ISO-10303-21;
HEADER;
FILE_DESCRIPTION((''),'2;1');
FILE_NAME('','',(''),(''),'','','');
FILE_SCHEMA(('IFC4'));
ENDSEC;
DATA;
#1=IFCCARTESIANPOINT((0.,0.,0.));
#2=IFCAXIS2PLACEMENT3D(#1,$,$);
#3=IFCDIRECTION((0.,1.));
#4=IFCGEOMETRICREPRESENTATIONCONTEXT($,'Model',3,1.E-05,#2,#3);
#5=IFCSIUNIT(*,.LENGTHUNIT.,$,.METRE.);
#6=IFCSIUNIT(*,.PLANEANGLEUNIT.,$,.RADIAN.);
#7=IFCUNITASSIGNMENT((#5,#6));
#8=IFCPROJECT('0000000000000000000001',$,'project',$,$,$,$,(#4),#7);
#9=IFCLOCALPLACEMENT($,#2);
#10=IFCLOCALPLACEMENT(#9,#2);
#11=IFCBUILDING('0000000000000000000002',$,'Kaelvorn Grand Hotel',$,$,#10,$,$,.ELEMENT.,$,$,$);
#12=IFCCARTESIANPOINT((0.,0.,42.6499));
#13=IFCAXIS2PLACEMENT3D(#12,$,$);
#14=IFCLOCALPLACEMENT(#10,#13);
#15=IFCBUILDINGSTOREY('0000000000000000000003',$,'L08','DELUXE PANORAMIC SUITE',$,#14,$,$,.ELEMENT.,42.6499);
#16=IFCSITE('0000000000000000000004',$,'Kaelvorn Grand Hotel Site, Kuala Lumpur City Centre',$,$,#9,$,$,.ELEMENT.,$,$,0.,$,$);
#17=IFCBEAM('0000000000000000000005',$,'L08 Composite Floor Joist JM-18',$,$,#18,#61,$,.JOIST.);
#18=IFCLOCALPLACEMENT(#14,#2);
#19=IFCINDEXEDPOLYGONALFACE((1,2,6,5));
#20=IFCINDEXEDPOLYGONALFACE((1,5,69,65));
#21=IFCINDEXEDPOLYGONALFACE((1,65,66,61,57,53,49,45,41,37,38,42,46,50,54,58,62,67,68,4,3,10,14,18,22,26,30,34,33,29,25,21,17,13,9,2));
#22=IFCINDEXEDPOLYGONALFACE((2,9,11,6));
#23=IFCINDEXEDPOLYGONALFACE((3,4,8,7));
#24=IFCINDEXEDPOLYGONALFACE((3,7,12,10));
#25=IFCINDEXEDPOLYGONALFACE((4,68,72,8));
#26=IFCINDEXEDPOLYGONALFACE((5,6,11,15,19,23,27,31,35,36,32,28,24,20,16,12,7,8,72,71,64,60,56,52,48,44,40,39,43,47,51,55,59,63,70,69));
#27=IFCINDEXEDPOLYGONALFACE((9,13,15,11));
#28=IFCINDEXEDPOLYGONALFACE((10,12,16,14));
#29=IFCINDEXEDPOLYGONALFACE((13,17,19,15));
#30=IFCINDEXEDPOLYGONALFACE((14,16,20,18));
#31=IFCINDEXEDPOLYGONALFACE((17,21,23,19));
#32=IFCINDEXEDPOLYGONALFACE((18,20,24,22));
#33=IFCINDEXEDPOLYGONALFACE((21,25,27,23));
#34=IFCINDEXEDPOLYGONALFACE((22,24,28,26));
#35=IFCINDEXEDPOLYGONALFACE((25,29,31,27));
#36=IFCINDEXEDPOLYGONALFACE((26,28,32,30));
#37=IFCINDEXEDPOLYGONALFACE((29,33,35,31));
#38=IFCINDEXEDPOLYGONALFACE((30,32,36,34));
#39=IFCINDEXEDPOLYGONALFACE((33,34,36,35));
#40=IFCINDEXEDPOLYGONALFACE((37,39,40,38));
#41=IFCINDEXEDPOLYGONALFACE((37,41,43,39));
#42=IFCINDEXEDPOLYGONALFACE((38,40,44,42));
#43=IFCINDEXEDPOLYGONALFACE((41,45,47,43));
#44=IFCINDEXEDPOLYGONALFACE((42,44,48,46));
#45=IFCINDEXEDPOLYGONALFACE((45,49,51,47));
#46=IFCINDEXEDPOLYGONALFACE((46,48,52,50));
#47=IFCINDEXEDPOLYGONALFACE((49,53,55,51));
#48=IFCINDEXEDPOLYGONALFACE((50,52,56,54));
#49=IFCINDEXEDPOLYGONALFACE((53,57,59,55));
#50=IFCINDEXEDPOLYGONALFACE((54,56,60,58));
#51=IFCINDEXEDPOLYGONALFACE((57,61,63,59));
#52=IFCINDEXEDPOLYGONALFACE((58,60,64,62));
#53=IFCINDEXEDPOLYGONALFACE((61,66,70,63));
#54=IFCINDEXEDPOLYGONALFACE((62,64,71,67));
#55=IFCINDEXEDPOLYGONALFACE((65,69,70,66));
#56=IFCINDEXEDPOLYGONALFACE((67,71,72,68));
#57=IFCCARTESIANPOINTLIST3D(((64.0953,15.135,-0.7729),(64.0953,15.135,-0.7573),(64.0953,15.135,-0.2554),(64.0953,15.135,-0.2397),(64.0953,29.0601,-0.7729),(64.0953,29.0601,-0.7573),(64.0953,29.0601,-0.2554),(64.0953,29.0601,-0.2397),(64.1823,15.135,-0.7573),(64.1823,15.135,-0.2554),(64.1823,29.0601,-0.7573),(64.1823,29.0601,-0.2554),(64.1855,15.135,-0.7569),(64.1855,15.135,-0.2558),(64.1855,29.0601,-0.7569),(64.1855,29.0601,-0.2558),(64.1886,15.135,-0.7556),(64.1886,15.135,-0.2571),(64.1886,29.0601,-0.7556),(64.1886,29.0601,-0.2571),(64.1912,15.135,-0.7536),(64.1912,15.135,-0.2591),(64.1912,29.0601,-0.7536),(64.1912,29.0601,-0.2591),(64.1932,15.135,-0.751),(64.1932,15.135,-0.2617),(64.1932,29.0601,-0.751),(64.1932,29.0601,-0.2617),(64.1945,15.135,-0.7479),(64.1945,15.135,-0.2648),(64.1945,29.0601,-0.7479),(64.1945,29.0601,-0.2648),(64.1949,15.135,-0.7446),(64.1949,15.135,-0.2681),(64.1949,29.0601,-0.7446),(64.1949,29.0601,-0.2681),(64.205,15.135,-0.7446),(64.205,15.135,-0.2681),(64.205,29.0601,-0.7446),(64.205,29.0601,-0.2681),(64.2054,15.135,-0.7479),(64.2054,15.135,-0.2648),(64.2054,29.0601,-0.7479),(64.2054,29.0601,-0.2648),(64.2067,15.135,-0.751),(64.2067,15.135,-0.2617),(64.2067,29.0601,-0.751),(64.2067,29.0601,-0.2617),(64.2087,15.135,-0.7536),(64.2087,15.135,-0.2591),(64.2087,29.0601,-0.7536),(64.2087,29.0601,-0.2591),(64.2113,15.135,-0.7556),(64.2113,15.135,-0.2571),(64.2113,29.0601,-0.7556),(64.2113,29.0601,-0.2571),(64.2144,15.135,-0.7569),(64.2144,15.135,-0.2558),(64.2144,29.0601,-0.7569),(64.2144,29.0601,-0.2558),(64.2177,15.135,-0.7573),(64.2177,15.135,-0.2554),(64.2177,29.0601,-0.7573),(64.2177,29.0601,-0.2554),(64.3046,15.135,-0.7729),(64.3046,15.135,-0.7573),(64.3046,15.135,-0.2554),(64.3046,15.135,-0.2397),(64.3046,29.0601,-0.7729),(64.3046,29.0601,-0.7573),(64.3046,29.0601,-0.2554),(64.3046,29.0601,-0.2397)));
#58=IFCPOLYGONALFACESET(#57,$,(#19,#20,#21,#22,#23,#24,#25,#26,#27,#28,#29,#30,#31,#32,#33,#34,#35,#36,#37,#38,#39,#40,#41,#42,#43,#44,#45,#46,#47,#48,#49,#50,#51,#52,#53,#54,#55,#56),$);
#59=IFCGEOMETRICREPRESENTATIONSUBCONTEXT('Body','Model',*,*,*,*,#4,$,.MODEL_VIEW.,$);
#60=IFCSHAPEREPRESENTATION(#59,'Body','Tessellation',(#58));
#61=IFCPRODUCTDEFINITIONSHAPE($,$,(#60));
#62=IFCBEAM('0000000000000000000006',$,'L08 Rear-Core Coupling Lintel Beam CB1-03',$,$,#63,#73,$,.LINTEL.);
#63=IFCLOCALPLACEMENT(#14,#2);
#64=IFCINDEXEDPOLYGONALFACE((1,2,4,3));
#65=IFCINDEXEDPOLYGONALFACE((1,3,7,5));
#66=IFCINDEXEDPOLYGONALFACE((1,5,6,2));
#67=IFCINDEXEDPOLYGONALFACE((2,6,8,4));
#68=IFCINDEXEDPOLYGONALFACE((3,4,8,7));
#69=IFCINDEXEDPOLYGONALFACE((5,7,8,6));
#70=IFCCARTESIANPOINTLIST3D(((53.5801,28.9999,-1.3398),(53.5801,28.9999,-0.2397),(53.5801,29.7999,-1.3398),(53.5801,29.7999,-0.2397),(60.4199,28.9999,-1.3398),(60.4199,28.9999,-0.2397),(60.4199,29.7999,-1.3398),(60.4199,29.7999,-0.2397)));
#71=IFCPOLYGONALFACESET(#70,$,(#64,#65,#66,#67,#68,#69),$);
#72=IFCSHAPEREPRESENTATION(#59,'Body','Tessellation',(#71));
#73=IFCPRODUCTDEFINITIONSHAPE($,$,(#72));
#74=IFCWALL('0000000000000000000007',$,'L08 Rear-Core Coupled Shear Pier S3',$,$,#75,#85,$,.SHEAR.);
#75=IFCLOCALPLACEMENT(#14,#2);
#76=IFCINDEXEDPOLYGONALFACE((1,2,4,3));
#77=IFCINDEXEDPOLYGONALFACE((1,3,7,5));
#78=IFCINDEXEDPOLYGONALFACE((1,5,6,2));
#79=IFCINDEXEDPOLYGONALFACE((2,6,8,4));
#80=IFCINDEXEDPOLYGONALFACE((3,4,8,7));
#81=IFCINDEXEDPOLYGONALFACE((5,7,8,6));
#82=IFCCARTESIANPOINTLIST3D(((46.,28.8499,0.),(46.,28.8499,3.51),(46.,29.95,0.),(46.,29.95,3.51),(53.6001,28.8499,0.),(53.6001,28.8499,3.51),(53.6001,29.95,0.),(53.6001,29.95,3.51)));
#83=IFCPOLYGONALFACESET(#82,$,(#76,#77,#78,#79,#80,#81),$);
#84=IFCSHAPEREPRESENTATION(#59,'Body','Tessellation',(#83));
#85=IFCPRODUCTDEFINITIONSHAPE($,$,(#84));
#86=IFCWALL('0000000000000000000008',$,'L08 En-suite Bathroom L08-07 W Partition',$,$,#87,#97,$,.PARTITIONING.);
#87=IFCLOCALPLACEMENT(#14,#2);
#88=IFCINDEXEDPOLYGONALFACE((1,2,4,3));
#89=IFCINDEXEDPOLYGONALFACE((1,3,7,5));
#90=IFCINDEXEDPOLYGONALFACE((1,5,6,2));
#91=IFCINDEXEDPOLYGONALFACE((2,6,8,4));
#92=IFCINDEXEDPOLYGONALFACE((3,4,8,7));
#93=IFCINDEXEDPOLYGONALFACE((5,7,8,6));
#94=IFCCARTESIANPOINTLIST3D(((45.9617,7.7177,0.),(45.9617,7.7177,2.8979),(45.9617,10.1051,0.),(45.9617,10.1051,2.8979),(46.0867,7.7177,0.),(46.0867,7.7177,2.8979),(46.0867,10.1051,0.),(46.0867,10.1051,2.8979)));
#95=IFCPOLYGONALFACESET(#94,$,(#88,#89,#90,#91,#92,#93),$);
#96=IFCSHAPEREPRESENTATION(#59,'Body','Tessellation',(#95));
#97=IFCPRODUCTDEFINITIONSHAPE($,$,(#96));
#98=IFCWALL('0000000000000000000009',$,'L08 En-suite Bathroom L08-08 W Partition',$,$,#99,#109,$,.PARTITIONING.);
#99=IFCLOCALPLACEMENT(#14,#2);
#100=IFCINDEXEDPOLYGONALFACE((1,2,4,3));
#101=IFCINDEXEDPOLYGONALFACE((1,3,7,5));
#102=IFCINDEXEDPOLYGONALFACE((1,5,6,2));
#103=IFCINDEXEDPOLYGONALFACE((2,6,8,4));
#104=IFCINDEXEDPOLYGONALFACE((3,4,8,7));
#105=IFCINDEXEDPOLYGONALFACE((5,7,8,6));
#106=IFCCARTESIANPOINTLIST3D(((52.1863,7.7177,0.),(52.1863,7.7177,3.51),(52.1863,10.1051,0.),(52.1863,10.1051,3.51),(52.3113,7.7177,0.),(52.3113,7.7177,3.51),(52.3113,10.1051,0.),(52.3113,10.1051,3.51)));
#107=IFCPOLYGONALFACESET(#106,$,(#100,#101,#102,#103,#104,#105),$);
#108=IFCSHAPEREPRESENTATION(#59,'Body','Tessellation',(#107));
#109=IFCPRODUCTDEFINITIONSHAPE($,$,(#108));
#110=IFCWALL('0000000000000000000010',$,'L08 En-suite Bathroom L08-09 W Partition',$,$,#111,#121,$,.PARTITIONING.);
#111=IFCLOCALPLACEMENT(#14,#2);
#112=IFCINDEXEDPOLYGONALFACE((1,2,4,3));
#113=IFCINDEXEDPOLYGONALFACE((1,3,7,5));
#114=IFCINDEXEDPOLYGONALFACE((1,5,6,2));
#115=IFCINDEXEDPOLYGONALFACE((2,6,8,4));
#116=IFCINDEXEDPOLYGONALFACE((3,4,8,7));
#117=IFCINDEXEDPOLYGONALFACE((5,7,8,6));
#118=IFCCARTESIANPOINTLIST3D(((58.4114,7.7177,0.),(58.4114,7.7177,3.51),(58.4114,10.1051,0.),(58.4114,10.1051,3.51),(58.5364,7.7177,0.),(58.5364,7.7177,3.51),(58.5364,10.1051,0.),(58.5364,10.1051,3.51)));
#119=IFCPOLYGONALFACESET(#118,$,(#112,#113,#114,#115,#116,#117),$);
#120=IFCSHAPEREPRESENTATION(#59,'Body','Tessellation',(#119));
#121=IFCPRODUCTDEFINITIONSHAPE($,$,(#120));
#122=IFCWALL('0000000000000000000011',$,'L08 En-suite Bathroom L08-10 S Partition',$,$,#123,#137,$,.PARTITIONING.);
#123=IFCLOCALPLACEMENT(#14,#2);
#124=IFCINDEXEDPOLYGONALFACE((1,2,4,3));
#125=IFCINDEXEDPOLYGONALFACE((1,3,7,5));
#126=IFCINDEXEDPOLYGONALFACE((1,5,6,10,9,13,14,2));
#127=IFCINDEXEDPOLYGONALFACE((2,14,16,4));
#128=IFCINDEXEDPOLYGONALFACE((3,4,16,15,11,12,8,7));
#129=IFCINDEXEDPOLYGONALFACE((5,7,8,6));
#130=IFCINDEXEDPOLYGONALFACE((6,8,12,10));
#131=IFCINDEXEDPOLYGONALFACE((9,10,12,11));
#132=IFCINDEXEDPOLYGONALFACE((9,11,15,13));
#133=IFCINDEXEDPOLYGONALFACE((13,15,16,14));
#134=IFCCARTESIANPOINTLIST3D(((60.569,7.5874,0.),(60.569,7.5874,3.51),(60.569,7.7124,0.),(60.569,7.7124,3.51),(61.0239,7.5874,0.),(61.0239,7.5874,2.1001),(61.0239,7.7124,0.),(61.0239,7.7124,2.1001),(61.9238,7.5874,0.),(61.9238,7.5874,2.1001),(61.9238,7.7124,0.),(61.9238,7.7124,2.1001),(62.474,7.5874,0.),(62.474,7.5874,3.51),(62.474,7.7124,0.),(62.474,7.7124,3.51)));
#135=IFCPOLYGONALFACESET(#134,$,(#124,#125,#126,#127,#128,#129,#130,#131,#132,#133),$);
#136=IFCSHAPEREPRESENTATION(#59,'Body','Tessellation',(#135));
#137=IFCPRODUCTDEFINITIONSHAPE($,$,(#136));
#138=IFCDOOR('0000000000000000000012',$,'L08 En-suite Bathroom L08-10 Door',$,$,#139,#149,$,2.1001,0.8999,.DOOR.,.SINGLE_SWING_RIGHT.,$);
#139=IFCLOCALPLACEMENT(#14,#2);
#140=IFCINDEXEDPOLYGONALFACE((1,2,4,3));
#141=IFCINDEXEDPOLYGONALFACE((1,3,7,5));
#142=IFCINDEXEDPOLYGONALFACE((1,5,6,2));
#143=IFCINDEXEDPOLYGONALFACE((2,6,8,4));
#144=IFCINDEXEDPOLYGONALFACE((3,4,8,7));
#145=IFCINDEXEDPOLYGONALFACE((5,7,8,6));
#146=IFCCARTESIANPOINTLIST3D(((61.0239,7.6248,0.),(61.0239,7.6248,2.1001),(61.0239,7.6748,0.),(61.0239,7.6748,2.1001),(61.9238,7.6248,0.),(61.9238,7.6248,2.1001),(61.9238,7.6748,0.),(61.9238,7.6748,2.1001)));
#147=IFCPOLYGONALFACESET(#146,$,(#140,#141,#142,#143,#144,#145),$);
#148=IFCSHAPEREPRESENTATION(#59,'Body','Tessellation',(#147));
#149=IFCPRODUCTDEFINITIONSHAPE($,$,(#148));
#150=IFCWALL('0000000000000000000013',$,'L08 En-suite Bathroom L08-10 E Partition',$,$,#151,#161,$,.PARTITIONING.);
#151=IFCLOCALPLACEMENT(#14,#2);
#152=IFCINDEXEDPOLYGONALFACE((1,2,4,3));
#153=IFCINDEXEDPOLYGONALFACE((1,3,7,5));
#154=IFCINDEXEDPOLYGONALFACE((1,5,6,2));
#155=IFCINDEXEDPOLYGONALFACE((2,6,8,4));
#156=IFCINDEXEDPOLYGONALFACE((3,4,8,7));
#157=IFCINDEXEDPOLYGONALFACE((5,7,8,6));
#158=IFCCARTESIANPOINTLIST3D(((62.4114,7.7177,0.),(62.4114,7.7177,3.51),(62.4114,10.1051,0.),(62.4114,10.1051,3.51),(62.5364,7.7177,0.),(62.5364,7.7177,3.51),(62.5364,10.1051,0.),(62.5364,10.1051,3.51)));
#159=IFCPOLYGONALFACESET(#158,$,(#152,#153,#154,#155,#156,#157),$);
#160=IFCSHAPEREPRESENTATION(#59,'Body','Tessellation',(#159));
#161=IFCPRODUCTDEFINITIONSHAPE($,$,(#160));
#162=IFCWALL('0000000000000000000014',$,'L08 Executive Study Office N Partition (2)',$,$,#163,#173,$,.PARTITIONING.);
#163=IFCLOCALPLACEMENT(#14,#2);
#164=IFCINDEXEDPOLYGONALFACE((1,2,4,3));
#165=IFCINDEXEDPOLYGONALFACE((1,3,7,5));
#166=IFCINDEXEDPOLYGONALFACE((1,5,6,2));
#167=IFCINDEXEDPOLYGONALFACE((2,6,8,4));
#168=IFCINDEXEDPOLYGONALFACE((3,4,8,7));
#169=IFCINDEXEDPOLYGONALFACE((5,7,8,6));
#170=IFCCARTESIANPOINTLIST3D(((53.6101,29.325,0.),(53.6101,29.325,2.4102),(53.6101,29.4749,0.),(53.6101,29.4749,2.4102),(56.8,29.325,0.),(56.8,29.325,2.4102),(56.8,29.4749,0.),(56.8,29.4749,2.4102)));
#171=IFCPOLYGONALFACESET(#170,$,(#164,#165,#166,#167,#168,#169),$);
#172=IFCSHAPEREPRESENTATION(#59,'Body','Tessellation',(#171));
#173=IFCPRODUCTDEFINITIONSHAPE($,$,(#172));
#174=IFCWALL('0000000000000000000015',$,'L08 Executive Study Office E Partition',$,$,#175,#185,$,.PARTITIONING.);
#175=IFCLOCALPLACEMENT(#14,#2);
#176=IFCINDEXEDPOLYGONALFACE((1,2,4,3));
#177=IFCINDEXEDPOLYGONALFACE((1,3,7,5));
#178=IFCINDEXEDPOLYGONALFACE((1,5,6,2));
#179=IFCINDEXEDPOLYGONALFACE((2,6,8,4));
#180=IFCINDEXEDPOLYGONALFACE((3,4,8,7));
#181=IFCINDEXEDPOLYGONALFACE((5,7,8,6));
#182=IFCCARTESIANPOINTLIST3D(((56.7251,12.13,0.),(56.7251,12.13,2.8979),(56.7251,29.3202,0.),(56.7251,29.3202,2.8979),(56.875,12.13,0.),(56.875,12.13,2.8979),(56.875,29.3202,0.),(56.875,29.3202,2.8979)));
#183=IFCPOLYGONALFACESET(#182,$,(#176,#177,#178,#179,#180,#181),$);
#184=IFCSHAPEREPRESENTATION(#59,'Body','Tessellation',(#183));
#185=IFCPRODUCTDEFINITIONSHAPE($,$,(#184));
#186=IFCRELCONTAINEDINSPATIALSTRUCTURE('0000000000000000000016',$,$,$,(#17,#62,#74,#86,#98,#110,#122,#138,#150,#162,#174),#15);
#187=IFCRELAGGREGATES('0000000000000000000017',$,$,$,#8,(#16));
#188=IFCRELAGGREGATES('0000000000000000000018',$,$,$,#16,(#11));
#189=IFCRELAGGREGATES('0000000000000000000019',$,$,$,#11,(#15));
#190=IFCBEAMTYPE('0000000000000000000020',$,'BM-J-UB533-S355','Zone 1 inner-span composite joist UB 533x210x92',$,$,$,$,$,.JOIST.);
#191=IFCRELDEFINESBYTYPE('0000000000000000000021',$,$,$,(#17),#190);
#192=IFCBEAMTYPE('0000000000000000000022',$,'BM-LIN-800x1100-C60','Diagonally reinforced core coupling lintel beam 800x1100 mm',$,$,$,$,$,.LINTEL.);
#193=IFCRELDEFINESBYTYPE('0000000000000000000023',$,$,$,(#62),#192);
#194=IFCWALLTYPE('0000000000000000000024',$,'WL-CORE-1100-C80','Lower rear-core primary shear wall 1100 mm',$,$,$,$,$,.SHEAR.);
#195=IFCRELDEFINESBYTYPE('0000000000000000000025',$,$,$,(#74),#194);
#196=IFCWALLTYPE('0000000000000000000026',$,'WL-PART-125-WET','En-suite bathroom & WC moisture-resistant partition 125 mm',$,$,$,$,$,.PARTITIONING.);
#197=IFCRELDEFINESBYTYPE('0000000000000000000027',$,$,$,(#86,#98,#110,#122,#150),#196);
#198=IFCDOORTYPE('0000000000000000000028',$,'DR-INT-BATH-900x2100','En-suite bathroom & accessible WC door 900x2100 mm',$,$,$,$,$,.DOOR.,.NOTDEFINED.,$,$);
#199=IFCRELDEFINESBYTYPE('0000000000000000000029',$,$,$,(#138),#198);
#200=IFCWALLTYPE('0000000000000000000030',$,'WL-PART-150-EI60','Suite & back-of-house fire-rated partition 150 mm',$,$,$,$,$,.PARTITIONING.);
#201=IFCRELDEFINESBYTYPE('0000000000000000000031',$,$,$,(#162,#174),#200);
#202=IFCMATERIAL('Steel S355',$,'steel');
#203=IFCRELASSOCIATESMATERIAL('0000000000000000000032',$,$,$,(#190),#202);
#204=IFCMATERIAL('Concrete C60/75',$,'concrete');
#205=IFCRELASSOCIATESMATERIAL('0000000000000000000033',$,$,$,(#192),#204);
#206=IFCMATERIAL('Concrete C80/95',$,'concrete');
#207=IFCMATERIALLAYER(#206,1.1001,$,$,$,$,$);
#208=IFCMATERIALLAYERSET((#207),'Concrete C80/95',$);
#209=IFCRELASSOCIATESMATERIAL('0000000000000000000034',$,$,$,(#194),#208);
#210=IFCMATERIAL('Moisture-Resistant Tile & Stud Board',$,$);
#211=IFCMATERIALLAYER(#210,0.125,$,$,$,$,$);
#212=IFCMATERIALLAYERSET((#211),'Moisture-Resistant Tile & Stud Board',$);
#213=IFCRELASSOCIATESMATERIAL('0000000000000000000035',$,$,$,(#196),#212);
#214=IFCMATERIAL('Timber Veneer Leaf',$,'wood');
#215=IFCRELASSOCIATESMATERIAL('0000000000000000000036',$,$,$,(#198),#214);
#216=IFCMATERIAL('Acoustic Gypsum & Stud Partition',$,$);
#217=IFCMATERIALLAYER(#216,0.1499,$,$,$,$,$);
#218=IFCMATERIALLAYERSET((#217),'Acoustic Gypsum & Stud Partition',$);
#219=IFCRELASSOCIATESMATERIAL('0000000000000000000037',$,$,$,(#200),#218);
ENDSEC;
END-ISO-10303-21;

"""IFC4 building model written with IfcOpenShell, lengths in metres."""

from ifc_helpers import new_model, si_unit, direction, frame, frame_2d, origin, origin_2d, place, context, subcontext, project, spatial, rectangle, i_section, extrude, material, layer, layer_set, material_profile, profile_set, type_object, element, fill, save


model = new_model("IFC4")

# Units and contexts
model_context = context("Model", 3, precision=1e-05, world=origin(), true_north=direction((0.0, 1.0)))
body_context = subcontext(model_context, "Body", "Model", "MODEL_VIEW")
ifc_project = project(units=[si_unit("LENGTHUNIT", "METRE"), si_unit("PLANEANGLEUNIT", "RADIAN")], contexts=[model_context])

# Site, building, storey
site_placement = place(None, origin())
site = spatial("IfcSite", under=ifc_project, at=site_placement, Name="Kaelvorn Grand Hotel Site, Kuala Lumpur City Centre", CompositionType="ELEMENT", RefElevation=0.0)
building_placement = place(site_placement, origin())
building = spatial("IfcBuilding", under=site, at=building_placement, Name="Kaelvorn Grand Hotel", CompositionType="ELEMENT")
storey_placement = place(building_placement, frame((0.0, 0.0, 42.6499)))
storey = spatial("IfcBuildingStorey", under=building, at=storey_placement, Name="L08", Description="DELUXE PANORAMIC SUITE", CompositionType="ELEMENT", Elevation=42.6499)

# Shared definitions
ifc_material_1 = material(Name="Concrete C80/95", Category="concrete")

# Beams
ifc_material_2 = material(Name="Steel S355", Category="steel")
ifc_material_profile_1 = material_profile(ifc_material_2, i_section(OverallWidth=0.2092, OverallDepth=0.5332, WebThickness=0.01, FlangeThickness=0.0156, FilletRadius=0.0127, at=origin_2d()), Name="UB 533x210x92")
ifc_profile_set_1 = profile_set([ifc_material_profile_1], Name="Steel S355")
beam_type_1 = type_object("IfcBeamType", Name="BM-J-UB533-S355", Description="Zone 1 inner-span composite joist UB 533x210x92", PredefinedType="JOIST", material=ifc_profile_set_1)
beam_1_placement = place(storey_placement, frame((64.2, 15.135, -0.5063), z_axis=(0.0, 1.0, 0.0), x_axis=(-1.0, 0.0, 0.0)))
element("IfcBeam", 1, at=beam_1_placement, inside=storey, type_object=beam_type_1, Name="L08 Composite Floor Joist JM-18", PredefinedType="JOIST", context=body_context, shape_type="SweptSolid", body=[
    extrude(i_section(OverallWidth=0.2092, OverallDepth=0.5332, WebThickness=0.01, FlangeThickness=0.0156, FilletRadius=0.0127, at=origin_2d()), origin(), (0.0, 0.0, 1.0), 13.925),
])
ifc_material_3 = material(Name="Concrete C60/75", Category="concrete")
ifc_material_profile_2 = material_profile(ifc_material_3, rectangle(XDim=0.8, YDim=1.1001, at=origin_2d()), Name="RC LINTEL 800x1100")
ifc_profile_set_2 = profile_set([ifc_material_profile_2], Name="Concrete C60/75")
beam_type_2 = type_object("IfcBeamType", Name="BM-LIN-800x1100-C60", Description="Diagonally reinforced core coupling lintel beam 800x1100 mm", PredefinedType="LINTEL", material=ifc_profile_set_2)
beam_2_placement = place(storey_placement, frame((53.5801, 29.3999, -0.7898), z_axis=(1.0, 0.0, 0.0), x_axis=(0.0, 1.0, 0.0)))
element("IfcBeam", 2, at=beam_2_placement, inside=storey, type_object=beam_type_2, Name="L08 Rear-Core Coupling Lintel Beam CB1-03", PredefinedType="LINTEL", context=body_context, shape_type="SweptSolid", body=[
    extrude(rectangle(XDim=0.8, YDim=1.1001, at=origin_2d()), origin(), (0.0, 0.0, 1.0), 6.8398),
])

# Walls
ifc_layer_1 = layer(ifc_material_1, 1.1001)
ifc_layer_set_1 = layer_set([ifc_layer_1], Name="Concrete C80/95")
wall_type_1 = type_object("IfcWallType", Name="WL-CORE-1100-C80", Description="Lower rear-core primary shear wall 1100 mm", PredefinedType="SHEAR", material=ifc_layer_set_1)
wall_1_placement = place(storey_placement, frame((46.0, 29.3999, 0.0), z_axis=(0.0, 0.0, 1.0), x_axis=(1.0, 0.0, 0.0)))
element("IfcWall", 3, at=wall_1_placement, inside=storey, type_object=wall_type_1, Name="L08 Rear-Core Coupled Shear Pier S3", PredefinedType="SHEAR", context=body_context, shape_type="SweptSolid", body=[
    extrude(rectangle(XDim=7.6001, YDim=1.1001, at=frame_2d((3.8, 0.0))), origin(), (0.0, 0.0, 1.0), 3.51),
])
ifc_material_4 = material(Name="Moisture-Resistant Tile & Stud Board")
ifc_layer_2 = layer(ifc_material_4, 0.125)
ifc_layer_set_2 = layer_set([ifc_layer_2], Name="Moisture-Resistant Tile & Stud Board")
wall_type_2 = type_object("IfcWallType", Name="WL-PART-125-WET", Description="En-suite bathroom & WC moisture-resistant partition 125 mm", PredefinedType="PARTITIONING", material=ifc_layer_set_2)
wall_2_placement = place(storey_placement, frame((46.0242, 7.7175, 0.0), z_axis=(0.0, 0.0, 1.0), x_axis=(0.0, 1.0, 0.0)))
element("IfcWall", 4, at=wall_2_placement, inside=storey, type_object=wall_type_2, Name="L08 En-suite Bathroom L08-07 W Partition", PredefinedType="PARTITIONING", context=body_context, shape_type="SweptSolid", body=[
    extrude(rectangle(XDim=2.3875, YDim=0.125, at=frame_2d((1.1938, 0.0))), origin(), (0.0, 0.0, 1.0), 2.8979),
])
for number, where, z_axis, x_axis, name in (
    (5, (52.2488, 7.7175, 0.0), (0.0, 0.0, 1.0), (0.0, 1.0, 0.0), "L08 En-suite Bathroom L08-08 W Partition"),
    (6, (58.4739, 7.7175, 0.0), (0.0, 0.0, 1.0), (0.0, 1.0, 0.0), "L08 En-suite Bathroom L08-09 W Partition"),
):
    element("IfcWall", number, at=place(storey_placement, frame(where, z_axis=z_axis, x_axis=x_axis)), inside=storey, type_object=wall_type_2, Name=name, PredefinedType="PARTITIONING", context=body_context, shape_type="SweptSolid", body=[
        extrude(rectangle(XDim=2.3875, YDim=0.125, at=frame_2d((1.1938, 0.0))), origin(), (0.0, 0.0, 1.0), 3.51),
    ])

# Wall, opening, door
wall_3_placement = place(storey_placement, frame((60.5688, 7.6499, 0.0), z_axis=(0.0, 0.0, 1.0), x_axis=(1.0, 0.0, 0.0)))
wall_3 = element("IfcWall", 7, at=wall_3_placement, inside=storey, type_object=wall_type_2, Name="L08 En-suite Bathroom L08-10 S Partition", PredefinedType="PARTITIONING", context=body_context, shape_type="SweptSolid", body=[
    extrude(rectangle(XDim=1.905, YDim=0.125, at=frame_2d((0.9526, 0.0))), origin(), (0.0, 0.0, 1.0), 3.51),
])
opening_1_placement = place(wall_3_placement, frame((0.4551, 0.0, 0.0)))
opening_1 = element("IfcOpeningElement", 8, at=opening_1_placement, cuts=wall_3, PredefinedType="OPENING", context=body_context, shape_type="SweptSolid", body=[
    extrude(rectangle(XDim=0.8999, YDim=2.1001, at=frame_2d((0.45, 1.05))), frame((0.0, 0.0725, 0.0), z_axis=(0.0, -1.0, 0.0), x_axis=(1.0, 0.0, 0.0)), (0.0, 0.0, 1.0), 0.145),
])
ifc_material_5 = material(Name="Timber Veneer Leaf", Category="wood")
door_type_1 = type_object("IfcDoorType", Name="DR-INT-BATH-900x2100", Description="En-suite bathroom & accessible WC door 900x2100 mm", OperationType="NOTDEFINED", PredefinedType="DOOR", material=ifc_material_5)
door_1_placement = place(opening_1_placement, origin())
door_1 = element("IfcDoor", 9, at=door_1_placement, inside=storey, type_object=door_type_1, Name="L08 En-suite Bathroom L08-10 Door", OperationType="SINGLE_SWING_RIGHT", OverallHeight=2.1001, OverallWidth=0.8999, PredefinedType="DOOR", context=body_context, shape_type="SweptSolid", body=[
    extrude(rectangle(XDim=0.8999, YDim=2.1001, at=frame_2d((0.45, 1.05))), frame((0.0, 0.0249, 0.0), z_axis=(0.0, -1.0, 0.0), x_axis=(1.0, 0.0, 0.0)), (0.0, 0.0, 1.0), 0.05),
])
fill(opening_1, door_1)

# Walls
wall_4_placement = place(storey_placement, frame((62.4739, 7.7175, 0.0), z_axis=(0.0, 0.0, 1.0), x_axis=(0.0, 1.0, 0.0)))
element("IfcWall", 10, at=wall_4_placement, inside=storey, type_object=wall_type_2, Name="L08 En-suite Bathroom L08-10 E Partition", PredefinedType="PARTITIONING", context=body_context, shape_type="SweptSolid", body=[
    extrude(rectangle(XDim=2.3875, YDim=0.125, at=frame_2d((1.1938, 0.0))), origin(), (0.0, 0.0, 1.0), 3.51),
])
ifc_material_6 = material(Name="Acoustic Gypsum & Stud Partition")
ifc_layer_3 = layer(ifc_material_6, 0.1499)
ifc_layer_set_3 = layer_set([ifc_layer_3], Name="Acoustic Gypsum & Stud Partition")
wall_type_3 = type_object("IfcWallType", Name="WL-PART-150-EI60", Description="Suite & back-of-house fire-rated partition 150 mm", PredefinedType="PARTITIONING", material=ifc_layer_set_3)
wall_5_placement = place(storey_placement, frame((53.6101, 29.3999, 0.0), z_axis=(0.0, 0.0, 1.0), x_axis=(1.0, 0.0, 0.0)))
element("IfcWall", 11, at=wall_5_placement, inside=storey, type_object=wall_type_3, Name="L08 Executive Study Office N Partition (2)", PredefinedType="PARTITIONING", context=body_context, shape_type="SweptSolid", body=[
    extrude(rectangle(XDim=3.1899, YDim=0.1499, at=frame_2d((1.595, 0.0))), origin(), (0.0, 0.0, 1.0), 2.4102),
])
wall_6_placement = place(storey_placement, frame((56.8, 12.1299, 0.0), z_axis=(0.0, 0.0, 1.0), x_axis=(0.0, 1.0, 0.0)))
element("IfcWall", 12, at=wall_6_placement, inside=storey, type_object=wall_type_3, Name="L08 Executive Study Office E Partition", PredefinedType="PARTITIONING", context=body_context, shape_type="SweptSolid", body=[
    extrude(rectangle(XDim=17.1902, YDim=0.1499, at=frame_2d((8.5952, 0.0))), origin(), (0.0, 0.0, 1.0), 2.8979),
])

save(model, "model.ifc")
